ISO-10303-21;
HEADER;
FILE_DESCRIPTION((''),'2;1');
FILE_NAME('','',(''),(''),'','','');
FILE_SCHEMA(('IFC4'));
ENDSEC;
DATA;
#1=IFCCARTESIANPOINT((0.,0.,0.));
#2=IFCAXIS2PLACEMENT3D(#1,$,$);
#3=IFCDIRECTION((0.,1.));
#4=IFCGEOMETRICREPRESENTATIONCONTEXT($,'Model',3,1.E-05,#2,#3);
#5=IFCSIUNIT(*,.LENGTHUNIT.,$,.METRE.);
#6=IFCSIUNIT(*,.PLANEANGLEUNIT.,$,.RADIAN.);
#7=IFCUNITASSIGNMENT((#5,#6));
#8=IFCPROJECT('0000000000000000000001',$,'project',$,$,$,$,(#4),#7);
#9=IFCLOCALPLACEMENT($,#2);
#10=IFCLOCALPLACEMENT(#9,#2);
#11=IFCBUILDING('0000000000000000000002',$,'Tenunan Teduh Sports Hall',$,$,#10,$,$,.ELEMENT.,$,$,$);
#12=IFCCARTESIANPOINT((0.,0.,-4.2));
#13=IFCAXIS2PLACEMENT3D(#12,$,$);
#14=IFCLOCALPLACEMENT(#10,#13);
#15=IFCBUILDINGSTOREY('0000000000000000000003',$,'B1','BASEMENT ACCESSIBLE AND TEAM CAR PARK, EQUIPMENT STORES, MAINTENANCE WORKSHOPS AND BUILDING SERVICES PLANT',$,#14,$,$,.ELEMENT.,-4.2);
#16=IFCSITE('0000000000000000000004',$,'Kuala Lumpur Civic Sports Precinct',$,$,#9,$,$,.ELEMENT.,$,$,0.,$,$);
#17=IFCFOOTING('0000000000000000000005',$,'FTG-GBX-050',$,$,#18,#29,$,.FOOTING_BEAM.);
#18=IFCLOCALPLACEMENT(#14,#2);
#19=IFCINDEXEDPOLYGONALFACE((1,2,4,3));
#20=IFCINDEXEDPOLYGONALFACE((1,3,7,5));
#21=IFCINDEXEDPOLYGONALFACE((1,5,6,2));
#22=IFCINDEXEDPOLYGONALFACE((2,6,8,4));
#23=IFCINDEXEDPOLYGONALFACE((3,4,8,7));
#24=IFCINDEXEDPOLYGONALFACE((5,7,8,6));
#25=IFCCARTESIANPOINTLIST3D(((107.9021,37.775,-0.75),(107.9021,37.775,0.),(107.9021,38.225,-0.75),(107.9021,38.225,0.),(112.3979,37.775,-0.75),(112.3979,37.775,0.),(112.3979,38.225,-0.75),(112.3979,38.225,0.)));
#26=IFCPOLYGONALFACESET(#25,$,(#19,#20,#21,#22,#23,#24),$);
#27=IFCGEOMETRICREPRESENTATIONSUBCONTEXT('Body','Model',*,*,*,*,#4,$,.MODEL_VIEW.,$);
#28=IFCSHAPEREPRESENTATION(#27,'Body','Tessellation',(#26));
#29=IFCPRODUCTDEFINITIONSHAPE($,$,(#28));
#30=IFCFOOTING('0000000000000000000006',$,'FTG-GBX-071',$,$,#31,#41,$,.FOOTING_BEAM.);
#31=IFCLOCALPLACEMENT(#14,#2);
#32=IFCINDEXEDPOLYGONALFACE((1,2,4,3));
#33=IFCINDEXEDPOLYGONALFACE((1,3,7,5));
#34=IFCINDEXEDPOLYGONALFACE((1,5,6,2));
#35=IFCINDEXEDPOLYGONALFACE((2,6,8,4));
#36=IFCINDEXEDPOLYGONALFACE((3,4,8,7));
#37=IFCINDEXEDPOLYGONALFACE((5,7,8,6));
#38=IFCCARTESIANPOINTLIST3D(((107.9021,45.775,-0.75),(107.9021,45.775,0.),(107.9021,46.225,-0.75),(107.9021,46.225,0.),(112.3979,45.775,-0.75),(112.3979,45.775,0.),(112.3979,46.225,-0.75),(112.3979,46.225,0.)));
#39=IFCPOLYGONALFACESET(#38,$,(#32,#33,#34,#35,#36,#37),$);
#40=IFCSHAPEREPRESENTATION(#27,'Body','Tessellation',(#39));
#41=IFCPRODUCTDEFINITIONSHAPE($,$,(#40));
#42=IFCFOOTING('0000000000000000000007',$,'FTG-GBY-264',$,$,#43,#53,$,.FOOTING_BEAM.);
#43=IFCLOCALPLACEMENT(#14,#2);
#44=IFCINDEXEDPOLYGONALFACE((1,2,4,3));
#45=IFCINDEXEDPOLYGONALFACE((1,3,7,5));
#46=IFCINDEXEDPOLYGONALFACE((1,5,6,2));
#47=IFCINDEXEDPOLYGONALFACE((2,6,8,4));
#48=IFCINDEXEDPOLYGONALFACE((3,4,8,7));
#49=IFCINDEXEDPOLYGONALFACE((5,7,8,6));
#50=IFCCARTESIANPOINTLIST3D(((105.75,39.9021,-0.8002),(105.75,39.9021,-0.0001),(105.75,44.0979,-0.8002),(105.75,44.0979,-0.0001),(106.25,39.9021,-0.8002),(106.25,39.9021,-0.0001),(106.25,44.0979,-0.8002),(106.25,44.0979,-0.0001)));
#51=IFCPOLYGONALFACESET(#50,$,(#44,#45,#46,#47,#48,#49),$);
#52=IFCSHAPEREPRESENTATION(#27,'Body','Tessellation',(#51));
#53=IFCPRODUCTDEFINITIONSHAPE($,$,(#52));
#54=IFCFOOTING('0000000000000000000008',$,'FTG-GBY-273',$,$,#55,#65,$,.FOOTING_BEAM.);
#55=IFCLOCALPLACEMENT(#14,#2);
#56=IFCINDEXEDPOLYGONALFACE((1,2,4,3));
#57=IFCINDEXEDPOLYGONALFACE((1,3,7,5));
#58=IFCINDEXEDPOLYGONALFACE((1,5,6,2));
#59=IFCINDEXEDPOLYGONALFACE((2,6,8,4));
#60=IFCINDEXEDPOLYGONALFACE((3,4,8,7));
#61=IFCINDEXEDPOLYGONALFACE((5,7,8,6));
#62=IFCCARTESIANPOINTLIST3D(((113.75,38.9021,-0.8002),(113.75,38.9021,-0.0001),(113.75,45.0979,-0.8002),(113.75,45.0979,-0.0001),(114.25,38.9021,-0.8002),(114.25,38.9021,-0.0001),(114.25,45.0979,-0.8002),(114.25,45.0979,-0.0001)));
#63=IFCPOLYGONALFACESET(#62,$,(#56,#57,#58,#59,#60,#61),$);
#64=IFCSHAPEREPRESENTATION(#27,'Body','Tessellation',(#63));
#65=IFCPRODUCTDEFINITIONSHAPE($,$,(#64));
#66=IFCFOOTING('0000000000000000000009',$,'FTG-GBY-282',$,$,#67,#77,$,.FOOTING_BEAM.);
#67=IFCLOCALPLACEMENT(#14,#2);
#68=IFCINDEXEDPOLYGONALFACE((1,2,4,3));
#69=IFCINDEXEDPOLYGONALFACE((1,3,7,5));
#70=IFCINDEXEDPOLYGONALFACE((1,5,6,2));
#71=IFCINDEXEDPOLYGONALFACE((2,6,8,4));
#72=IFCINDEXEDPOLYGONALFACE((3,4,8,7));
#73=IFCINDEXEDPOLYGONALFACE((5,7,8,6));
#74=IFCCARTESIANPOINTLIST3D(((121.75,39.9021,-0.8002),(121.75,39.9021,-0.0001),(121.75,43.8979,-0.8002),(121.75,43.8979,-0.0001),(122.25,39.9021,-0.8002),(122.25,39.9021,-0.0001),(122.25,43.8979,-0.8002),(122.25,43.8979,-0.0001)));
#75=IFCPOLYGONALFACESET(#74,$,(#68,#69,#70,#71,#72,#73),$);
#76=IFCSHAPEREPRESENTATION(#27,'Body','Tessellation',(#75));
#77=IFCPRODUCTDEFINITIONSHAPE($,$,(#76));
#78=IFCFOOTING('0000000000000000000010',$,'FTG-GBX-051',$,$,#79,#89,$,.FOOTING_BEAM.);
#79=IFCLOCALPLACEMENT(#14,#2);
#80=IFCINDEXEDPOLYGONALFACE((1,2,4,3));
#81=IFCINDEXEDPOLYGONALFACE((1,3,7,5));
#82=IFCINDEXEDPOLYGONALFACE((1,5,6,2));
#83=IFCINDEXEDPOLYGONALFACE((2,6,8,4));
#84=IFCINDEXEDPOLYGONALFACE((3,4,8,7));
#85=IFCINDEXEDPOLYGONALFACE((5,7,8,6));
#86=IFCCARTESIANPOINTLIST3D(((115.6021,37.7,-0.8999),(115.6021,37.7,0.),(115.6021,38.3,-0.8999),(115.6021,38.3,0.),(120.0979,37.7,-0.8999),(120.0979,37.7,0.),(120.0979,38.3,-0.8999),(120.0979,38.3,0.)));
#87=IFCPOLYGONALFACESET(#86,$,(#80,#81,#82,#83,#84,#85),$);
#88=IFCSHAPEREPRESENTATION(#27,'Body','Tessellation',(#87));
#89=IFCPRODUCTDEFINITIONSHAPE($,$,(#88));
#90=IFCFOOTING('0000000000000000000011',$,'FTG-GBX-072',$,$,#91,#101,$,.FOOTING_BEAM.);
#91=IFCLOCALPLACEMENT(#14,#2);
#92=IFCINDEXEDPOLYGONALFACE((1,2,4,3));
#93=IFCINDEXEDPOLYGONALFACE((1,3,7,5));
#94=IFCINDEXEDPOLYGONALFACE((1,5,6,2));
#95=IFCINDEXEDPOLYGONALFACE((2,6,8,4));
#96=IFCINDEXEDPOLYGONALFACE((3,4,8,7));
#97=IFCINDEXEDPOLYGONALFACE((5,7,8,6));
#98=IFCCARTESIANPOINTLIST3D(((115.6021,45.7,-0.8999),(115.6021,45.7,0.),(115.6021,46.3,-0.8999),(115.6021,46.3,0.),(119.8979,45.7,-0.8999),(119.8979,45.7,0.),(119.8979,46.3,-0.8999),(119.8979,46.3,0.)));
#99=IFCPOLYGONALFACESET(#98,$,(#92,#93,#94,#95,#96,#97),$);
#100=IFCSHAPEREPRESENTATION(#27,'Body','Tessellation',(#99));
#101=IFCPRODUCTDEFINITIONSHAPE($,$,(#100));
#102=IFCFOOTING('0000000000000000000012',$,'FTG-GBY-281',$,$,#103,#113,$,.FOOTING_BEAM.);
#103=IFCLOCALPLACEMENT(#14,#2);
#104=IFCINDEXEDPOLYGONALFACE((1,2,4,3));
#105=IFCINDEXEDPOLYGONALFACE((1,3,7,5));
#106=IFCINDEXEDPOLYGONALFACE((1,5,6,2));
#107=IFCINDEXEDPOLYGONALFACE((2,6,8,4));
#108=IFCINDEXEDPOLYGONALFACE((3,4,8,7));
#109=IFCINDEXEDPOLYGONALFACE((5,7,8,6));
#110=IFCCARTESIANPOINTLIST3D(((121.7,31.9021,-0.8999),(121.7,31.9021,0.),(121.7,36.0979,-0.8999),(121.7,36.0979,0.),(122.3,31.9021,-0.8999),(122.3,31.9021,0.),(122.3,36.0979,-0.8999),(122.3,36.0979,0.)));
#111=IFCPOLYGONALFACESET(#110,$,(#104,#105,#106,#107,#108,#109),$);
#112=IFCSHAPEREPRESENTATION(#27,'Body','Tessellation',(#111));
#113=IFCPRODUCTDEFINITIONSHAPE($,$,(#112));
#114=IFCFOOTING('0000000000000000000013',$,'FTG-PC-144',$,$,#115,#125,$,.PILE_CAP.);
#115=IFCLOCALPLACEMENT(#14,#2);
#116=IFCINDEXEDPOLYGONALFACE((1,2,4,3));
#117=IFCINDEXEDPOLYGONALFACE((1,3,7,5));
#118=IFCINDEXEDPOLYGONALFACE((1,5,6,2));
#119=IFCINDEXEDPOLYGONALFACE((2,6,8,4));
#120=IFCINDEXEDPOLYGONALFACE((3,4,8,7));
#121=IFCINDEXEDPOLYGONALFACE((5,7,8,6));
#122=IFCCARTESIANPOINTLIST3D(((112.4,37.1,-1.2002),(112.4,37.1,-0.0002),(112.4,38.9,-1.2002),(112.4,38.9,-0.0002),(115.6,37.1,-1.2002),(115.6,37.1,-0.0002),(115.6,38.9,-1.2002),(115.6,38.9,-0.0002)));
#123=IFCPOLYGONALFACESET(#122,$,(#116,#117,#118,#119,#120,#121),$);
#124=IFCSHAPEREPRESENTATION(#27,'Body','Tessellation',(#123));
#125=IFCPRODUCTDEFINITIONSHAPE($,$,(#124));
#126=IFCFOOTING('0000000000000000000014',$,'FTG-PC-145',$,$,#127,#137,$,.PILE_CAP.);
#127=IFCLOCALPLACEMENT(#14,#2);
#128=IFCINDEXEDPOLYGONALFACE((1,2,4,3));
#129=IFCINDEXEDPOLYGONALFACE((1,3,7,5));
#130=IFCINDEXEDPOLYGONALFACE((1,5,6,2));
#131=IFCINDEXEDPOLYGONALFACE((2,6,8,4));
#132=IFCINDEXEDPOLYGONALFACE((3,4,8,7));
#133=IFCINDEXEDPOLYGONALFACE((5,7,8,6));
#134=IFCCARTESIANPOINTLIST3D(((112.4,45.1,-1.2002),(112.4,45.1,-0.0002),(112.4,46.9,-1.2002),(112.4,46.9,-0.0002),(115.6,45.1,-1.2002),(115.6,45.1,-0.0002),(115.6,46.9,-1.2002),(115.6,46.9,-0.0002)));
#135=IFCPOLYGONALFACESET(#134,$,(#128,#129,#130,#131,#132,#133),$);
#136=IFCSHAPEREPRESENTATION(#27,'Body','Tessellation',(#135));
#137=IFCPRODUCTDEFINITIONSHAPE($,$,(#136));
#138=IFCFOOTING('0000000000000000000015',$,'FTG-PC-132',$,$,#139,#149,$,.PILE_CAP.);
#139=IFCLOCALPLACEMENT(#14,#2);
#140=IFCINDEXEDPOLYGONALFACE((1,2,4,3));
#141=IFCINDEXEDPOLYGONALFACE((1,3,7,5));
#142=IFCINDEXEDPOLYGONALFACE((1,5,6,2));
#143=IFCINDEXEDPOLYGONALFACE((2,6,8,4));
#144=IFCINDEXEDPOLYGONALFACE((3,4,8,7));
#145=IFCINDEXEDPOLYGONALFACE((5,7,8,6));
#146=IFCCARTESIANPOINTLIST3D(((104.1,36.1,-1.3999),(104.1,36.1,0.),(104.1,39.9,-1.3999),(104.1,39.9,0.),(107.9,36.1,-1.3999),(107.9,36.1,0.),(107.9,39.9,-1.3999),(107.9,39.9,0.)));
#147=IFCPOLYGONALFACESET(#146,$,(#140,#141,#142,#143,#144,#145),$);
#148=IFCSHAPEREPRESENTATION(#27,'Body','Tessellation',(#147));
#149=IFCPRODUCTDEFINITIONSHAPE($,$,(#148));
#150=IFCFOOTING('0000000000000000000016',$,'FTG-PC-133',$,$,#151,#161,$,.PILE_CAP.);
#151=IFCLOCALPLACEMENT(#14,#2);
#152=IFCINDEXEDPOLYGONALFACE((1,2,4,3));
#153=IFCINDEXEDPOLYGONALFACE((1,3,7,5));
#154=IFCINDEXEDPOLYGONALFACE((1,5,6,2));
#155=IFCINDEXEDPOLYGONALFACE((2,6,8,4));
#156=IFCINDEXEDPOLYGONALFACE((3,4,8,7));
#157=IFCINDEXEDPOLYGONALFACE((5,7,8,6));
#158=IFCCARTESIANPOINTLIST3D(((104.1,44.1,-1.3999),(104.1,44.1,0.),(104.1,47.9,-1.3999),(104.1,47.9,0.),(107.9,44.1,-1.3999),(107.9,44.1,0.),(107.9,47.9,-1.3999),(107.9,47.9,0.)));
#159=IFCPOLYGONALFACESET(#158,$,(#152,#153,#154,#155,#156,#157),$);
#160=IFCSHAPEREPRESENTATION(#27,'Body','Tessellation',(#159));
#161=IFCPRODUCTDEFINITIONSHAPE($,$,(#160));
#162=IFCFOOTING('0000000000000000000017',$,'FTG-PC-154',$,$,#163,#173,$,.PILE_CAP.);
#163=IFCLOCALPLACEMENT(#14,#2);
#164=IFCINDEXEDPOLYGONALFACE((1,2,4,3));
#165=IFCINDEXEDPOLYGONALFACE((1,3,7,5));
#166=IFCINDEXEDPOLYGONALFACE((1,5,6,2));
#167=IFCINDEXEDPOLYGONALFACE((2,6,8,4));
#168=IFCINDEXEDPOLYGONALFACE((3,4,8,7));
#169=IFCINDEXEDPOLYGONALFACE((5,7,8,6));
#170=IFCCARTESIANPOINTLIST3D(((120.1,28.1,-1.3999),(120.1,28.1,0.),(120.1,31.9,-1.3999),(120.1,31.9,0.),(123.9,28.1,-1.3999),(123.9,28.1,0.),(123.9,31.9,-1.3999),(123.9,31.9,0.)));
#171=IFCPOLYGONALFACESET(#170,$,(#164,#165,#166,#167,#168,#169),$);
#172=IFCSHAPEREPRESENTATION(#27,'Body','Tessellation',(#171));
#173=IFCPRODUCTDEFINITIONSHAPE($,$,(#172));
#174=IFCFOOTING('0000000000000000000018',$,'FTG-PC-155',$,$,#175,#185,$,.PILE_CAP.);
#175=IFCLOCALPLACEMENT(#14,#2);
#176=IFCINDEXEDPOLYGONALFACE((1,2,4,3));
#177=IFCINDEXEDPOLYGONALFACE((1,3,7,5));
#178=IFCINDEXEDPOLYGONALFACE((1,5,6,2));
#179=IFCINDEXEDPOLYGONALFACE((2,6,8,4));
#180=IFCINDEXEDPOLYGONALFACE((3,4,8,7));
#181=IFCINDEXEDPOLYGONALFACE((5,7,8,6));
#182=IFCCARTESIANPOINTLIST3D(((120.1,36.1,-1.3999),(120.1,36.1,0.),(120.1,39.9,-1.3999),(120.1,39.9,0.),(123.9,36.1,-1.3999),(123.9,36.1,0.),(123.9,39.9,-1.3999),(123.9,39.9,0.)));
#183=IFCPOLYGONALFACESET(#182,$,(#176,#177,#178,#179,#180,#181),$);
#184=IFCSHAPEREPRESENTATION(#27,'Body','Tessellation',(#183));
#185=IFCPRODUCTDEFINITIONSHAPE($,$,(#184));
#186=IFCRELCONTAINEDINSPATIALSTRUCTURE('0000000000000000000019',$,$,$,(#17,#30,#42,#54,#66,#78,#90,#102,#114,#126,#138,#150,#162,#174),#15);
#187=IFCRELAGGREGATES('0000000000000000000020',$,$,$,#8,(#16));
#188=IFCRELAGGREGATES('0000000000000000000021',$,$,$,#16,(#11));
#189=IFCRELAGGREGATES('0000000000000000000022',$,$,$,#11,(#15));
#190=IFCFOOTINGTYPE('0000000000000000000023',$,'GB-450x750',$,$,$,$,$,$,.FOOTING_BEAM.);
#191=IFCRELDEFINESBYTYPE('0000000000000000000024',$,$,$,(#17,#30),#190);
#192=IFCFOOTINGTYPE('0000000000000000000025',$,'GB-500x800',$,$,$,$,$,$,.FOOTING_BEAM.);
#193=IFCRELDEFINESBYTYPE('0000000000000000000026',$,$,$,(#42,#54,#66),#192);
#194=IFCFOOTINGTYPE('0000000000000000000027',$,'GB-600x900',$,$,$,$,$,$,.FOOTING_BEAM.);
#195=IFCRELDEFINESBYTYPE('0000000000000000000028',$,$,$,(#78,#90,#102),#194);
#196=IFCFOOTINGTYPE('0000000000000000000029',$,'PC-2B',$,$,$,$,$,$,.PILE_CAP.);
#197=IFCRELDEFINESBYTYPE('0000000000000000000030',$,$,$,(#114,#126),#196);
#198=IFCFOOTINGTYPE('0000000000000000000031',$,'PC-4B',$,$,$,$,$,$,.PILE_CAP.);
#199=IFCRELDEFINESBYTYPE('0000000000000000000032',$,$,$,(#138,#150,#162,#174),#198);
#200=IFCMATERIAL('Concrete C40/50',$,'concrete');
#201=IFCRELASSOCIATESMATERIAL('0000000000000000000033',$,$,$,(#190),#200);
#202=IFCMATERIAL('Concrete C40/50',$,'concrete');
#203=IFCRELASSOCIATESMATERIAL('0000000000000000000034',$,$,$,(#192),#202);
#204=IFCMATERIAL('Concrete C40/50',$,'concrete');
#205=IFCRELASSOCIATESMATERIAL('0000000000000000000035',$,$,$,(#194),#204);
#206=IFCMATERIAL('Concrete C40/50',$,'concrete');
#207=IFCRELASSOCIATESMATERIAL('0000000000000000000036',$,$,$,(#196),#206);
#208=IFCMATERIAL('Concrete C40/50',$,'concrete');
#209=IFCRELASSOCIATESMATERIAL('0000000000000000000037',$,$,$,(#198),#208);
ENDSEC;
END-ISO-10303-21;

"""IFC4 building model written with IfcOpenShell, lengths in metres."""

from ifc_helpers import new_model, si_unit, direction, frame, origin, origin_2d, place, context, subcontext, project, spatial, rectangle, extrude, material, material_profile, profile_set, type_object, element, save


model = new_model("IFC4")

# Units and contexts
model_context = context("Model", 3, precision=1e-05, world=origin(), true_north=direction((0.0, 1.0)))
body_context = subcontext(model_context, "Body", "Model", "MODEL_VIEW")
ifc_project = project(units=[si_unit("LENGTHUNIT", "METRE"), si_unit("PLANEANGLEUNIT", "RADIAN")], contexts=[model_context])

# Site, building, storey
site_placement = place(None, origin())
site = spatial("IfcSite", under=ifc_project, at=site_placement, Name="Kuala Lumpur Civic Sports Precinct", CompositionType="ELEMENT", RefElevation=0.0)
building_placement = place(site_placement, origin())
building = spatial("IfcBuilding", under=site, at=building_placement, Name="Tenunan Teduh Sports Hall", CompositionType="ELEMENT")
storey_placement = place(building_placement, frame((0.0, 0.0, -4.2)))
storey = spatial("IfcBuildingStorey", under=building, at=storey_placement, Name="B1", Description="BASEMENT ACCESSIBLE AND TEAM CAR PARK, EQUIPMENT STORES, MAINTENANCE WORKSHOPS AND BUILDING SERVICES PLANT", CompositionType="ELEMENT", Elevation=-4.2)

# Footings
ifc_material_1 = material(Name="Concrete C40/50", Category="concrete")
ifc_material_profile_1 = material_profile(ifc_material_1, rectangle(XDim=0.45, YDim=0.75, at=origin_2d()), Name="RCB 450x750")
ifc_profile_set_1 = profile_set([ifc_material_profile_1], Name="Concrete C40/50")
footing_type_1 = type_object("IfcFootingType", Name="GB-450x750", PredefinedType="FOOTING_BEAM", material=ifc_profile_set_1)
for number, where, z_axis, x_axis, name in (
    (1, (107.9021, 38.0, -0.375), (1.0, 0.0, 0.0), (0.0, 1.0, 0.0), "FTG-GBX-050"),
    (2, (107.9021, 46.0, -0.375), (1.0, 0.0, 0.0), (0.0, 1.0, 0.0), "FTG-GBX-071"),
):
    element("IfcFooting", number, at=place(storey_placement, frame(where, z_axis=z_axis, x_axis=x_axis)), inside=storey, type_object=footing_type_1, Name=name, PredefinedType="FOOTING_BEAM", context=body_context, shape_type="SweptSolid", body=[
        extrude(rectangle(XDim=0.45, YDim=0.75, at=origin_2d()), origin(), (0.0, 0.0, 1.0), 4.4958),
    ])
ifc_material_2 = material(Name="Concrete C40/50", Category="concrete")
ifc_material_profile_2 = material_profile(ifc_material_2, rectangle(XDim=0.5, YDim=0.8, at=origin_2d()), Name="RCB 500x800")
ifc_profile_set_2 = profile_set([ifc_material_profile_2], Name="Concrete C40/50")
footing_type_2 = type_object("IfcFootingType", Name="GB-500x800", PredefinedType="FOOTING_BEAM", material=ifc_profile_set_2)
footing_1_placement = place(storey_placement, frame((106.0, 39.9021, -0.4001), z_axis=(0.0, 1.0, 0.0), x_axis=(-1.0, 0.0, 0.0)))
element("IfcFooting", 3, at=footing_1_placement, inside=storey, type_object=footing_type_2, Name="FTG-GBY-264", PredefinedType="FOOTING_BEAM", context=body_context, shape_type="SweptSolid", body=[
    extrude(rectangle(XDim=0.5, YDim=0.8, at=origin_2d()), origin(), (0.0, 0.0, 1.0), 4.1958),
])
footing_2_placement = place(storey_placement, frame((114.0, 38.9021, -0.4001), z_axis=(0.0, 1.0, 0.0), x_axis=(-1.0, 0.0, 0.0)))
element("IfcFooting", 4, at=footing_2_placement, inside=storey, type_object=footing_type_2, Name="FTG-GBY-273", PredefinedType="FOOTING_BEAM", context=body_context, shape_type="SweptSolid", body=[
    extrude(rectangle(XDim=0.5, YDim=0.8, at=origin_2d()), origin(), (0.0, 0.0, 1.0), 6.1958),
])
footing_3_placement = place(storey_placement, frame((122.0, 39.9021, -0.4001), z_axis=(0.0, 1.0, 0.0), x_axis=(-1.0, 0.0, 0.0)))
element("IfcFooting", 5, at=footing_3_placement, inside=storey, type_object=footing_type_2, Name="FTG-GBY-282", PredefinedType="FOOTING_BEAM", context=body_context, shape_type="SweptSolid", body=[
    extrude(rectangle(XDim=0.5, YDim=0.8, at=origin_2d()), origin(), (0.0, 0.0, 1.0), 3.9958),
])
ifc_material_3 = material(Name="Concrete C40/50", Category="concrete")
ifc_material_profile_3 = material_profile(ifc_material_3, rectangle(XDim=0.6001, YDim=0.8999, at=origin_2d()), Name="RCB 600x900")
ifc_profile_set_3 = profile_set([ifc_material_profile_3], Name="Concrete C40/50")
footing_type_3 = type_object("IfcFootingType", Name="GB-600x900", PredefinedType="FOOTING_BEAM", material=ifc_profile_set_3)
footing_4_placement = place(storey_placement, frame((115.6021, 38.0, -0.45), z_axis=(1.0, 0.0, 0.0), x_axis=(0.0, 1.0, 0.0)))
element("IfcFooting", 6, at=footing_4_placement, inside=storey, type_object=footing_type_3, Name="FTG-GBX-051", PredefinedType="FOOTING_BEAM", context=body_context, shape_type="SweptSolid", body=[
    extrude(rectangle(XDim=0.6001, YDim=0.8999, at=origin_2d()), origin(), (0.0, 0.0, 1.0), 4.4958),
])
footing_5_placement = place(storey_placement, frame((115.6021, 46.0, -0.45), z_axis=(1.0, 0.0, 0.0), x_axis=(0.0, 1.0, 0.0)))
element("IfcFooting", 7, at=footing_5_placement, inside=storey, type_object=footing_type_3, Name="FTG-GBX-072", PredefinedType="FOOTING_BEAM", context=body_context, shape_type="SweptSolid", body=[
    extrude(rectangle(XDim=0.6001, YDim=0.8999, at=origin_2d()), origin(), (0.0, 0.0, 1.0), 4.2959),
])
footing_6_placement = place(storey_placement, frame((122.0, 31.9021, -0.45), z_axis=(0.0, 1.0, 0.0), x_axis=(-1.0, 0.0, 0.0)))
element("IfcFooting", 8, at=footing_6_placement, inside=storey, type_object=footing_type_3, Name="FTG-GBY-281", PredefinedType="FOOTING_BEAM", context=body_context, shape_type="SweptSolid", body=[
    extrude(rectangle(XDim=0.6001, YDim=0.8999, at=origin_2d()), origin(), (0.0, 0.0, 1.0), 4.1958),
])
ifc_material_4 = material(Name="Concrete C40/50", Category="concrete")
footing_type_4 = type_object("IfcFootingType", Name="PC-2B", PredefinedType="PILE_CAP", material=ifc_material_4)
for number, where, z_axis, x_axis, name in (
    (9, (114.0, 38.0, -1.2002), (0.0, 0.0, 1.0), (1.0, 0.0, 0.0), "FTG-PC-144"),
    (10, (114.0, 46.0, -1.2002), (0.0, 0.0, 1.0), (1.0, 0.0, 0.0), "FTG-PC-145"),
):
    element("IfcFooting", number, at=place(storey_placement, frame(where, z_axis=z_axis, x_axis=x_axis)), inside=storey, type_object=footing_type_4, Name=name, PredefinedType="PILE_CAP", context=body_context, shape_type="SweptSolid", body=[
        extrude(rectangle(XDim=3.2, YDim=1.8, at=origin_2d()), origin(), (0.0, 0.0, 1.0), 1.2),
    ])
ifc_material_5 = material(Name="Concrete C40/50", Category="concrete")
footing_type_5 = type_object("IfcFootingType", Name="PC-4B", PredefinedType="PILE_CAP", material=ifc_material_5)
for number, where, z_axis, x_axis, name in (
    (11, (106.0, 38.0, -1.3999), (0.0, 0.0, 1.0), (1.0, 0.0, 0.0), "FTG-PC-132"),
    (12, (106.0, 46.0, -1.3999), (0.0, 0.0, 1.0), (1.0, 0.0, 0.0), "FTG-PC-133"),
    (13, (122.0, 30.0, -1.3999), (0.0, 0.0, 1.0), (1.0, 0.0, 0.0), "FTG-PC-154"),
    (14, (122.0, 38.0, -1.3999), (0.0, 0.0, 1.0), (1.0, 0.0, 0.0), "FTG-PC-155"),
):
    element("IfcFooting", number, at=place(storey_placement, frame(where, z_axis=z_axis, x_axis=x_axis)), inside=storey, type_object=footing_type_5, Name=name, PredefinedType="PILE_CAP", context=body_context, shape_type="SweptSolid", body=[
        extrude(rectangle(XDim=3.8, YDim=3.8, at=origin_2d()), origin(), (0.0, 0.0, 1.0), 1.3999),
    ])

save(model, "model.ifc")
